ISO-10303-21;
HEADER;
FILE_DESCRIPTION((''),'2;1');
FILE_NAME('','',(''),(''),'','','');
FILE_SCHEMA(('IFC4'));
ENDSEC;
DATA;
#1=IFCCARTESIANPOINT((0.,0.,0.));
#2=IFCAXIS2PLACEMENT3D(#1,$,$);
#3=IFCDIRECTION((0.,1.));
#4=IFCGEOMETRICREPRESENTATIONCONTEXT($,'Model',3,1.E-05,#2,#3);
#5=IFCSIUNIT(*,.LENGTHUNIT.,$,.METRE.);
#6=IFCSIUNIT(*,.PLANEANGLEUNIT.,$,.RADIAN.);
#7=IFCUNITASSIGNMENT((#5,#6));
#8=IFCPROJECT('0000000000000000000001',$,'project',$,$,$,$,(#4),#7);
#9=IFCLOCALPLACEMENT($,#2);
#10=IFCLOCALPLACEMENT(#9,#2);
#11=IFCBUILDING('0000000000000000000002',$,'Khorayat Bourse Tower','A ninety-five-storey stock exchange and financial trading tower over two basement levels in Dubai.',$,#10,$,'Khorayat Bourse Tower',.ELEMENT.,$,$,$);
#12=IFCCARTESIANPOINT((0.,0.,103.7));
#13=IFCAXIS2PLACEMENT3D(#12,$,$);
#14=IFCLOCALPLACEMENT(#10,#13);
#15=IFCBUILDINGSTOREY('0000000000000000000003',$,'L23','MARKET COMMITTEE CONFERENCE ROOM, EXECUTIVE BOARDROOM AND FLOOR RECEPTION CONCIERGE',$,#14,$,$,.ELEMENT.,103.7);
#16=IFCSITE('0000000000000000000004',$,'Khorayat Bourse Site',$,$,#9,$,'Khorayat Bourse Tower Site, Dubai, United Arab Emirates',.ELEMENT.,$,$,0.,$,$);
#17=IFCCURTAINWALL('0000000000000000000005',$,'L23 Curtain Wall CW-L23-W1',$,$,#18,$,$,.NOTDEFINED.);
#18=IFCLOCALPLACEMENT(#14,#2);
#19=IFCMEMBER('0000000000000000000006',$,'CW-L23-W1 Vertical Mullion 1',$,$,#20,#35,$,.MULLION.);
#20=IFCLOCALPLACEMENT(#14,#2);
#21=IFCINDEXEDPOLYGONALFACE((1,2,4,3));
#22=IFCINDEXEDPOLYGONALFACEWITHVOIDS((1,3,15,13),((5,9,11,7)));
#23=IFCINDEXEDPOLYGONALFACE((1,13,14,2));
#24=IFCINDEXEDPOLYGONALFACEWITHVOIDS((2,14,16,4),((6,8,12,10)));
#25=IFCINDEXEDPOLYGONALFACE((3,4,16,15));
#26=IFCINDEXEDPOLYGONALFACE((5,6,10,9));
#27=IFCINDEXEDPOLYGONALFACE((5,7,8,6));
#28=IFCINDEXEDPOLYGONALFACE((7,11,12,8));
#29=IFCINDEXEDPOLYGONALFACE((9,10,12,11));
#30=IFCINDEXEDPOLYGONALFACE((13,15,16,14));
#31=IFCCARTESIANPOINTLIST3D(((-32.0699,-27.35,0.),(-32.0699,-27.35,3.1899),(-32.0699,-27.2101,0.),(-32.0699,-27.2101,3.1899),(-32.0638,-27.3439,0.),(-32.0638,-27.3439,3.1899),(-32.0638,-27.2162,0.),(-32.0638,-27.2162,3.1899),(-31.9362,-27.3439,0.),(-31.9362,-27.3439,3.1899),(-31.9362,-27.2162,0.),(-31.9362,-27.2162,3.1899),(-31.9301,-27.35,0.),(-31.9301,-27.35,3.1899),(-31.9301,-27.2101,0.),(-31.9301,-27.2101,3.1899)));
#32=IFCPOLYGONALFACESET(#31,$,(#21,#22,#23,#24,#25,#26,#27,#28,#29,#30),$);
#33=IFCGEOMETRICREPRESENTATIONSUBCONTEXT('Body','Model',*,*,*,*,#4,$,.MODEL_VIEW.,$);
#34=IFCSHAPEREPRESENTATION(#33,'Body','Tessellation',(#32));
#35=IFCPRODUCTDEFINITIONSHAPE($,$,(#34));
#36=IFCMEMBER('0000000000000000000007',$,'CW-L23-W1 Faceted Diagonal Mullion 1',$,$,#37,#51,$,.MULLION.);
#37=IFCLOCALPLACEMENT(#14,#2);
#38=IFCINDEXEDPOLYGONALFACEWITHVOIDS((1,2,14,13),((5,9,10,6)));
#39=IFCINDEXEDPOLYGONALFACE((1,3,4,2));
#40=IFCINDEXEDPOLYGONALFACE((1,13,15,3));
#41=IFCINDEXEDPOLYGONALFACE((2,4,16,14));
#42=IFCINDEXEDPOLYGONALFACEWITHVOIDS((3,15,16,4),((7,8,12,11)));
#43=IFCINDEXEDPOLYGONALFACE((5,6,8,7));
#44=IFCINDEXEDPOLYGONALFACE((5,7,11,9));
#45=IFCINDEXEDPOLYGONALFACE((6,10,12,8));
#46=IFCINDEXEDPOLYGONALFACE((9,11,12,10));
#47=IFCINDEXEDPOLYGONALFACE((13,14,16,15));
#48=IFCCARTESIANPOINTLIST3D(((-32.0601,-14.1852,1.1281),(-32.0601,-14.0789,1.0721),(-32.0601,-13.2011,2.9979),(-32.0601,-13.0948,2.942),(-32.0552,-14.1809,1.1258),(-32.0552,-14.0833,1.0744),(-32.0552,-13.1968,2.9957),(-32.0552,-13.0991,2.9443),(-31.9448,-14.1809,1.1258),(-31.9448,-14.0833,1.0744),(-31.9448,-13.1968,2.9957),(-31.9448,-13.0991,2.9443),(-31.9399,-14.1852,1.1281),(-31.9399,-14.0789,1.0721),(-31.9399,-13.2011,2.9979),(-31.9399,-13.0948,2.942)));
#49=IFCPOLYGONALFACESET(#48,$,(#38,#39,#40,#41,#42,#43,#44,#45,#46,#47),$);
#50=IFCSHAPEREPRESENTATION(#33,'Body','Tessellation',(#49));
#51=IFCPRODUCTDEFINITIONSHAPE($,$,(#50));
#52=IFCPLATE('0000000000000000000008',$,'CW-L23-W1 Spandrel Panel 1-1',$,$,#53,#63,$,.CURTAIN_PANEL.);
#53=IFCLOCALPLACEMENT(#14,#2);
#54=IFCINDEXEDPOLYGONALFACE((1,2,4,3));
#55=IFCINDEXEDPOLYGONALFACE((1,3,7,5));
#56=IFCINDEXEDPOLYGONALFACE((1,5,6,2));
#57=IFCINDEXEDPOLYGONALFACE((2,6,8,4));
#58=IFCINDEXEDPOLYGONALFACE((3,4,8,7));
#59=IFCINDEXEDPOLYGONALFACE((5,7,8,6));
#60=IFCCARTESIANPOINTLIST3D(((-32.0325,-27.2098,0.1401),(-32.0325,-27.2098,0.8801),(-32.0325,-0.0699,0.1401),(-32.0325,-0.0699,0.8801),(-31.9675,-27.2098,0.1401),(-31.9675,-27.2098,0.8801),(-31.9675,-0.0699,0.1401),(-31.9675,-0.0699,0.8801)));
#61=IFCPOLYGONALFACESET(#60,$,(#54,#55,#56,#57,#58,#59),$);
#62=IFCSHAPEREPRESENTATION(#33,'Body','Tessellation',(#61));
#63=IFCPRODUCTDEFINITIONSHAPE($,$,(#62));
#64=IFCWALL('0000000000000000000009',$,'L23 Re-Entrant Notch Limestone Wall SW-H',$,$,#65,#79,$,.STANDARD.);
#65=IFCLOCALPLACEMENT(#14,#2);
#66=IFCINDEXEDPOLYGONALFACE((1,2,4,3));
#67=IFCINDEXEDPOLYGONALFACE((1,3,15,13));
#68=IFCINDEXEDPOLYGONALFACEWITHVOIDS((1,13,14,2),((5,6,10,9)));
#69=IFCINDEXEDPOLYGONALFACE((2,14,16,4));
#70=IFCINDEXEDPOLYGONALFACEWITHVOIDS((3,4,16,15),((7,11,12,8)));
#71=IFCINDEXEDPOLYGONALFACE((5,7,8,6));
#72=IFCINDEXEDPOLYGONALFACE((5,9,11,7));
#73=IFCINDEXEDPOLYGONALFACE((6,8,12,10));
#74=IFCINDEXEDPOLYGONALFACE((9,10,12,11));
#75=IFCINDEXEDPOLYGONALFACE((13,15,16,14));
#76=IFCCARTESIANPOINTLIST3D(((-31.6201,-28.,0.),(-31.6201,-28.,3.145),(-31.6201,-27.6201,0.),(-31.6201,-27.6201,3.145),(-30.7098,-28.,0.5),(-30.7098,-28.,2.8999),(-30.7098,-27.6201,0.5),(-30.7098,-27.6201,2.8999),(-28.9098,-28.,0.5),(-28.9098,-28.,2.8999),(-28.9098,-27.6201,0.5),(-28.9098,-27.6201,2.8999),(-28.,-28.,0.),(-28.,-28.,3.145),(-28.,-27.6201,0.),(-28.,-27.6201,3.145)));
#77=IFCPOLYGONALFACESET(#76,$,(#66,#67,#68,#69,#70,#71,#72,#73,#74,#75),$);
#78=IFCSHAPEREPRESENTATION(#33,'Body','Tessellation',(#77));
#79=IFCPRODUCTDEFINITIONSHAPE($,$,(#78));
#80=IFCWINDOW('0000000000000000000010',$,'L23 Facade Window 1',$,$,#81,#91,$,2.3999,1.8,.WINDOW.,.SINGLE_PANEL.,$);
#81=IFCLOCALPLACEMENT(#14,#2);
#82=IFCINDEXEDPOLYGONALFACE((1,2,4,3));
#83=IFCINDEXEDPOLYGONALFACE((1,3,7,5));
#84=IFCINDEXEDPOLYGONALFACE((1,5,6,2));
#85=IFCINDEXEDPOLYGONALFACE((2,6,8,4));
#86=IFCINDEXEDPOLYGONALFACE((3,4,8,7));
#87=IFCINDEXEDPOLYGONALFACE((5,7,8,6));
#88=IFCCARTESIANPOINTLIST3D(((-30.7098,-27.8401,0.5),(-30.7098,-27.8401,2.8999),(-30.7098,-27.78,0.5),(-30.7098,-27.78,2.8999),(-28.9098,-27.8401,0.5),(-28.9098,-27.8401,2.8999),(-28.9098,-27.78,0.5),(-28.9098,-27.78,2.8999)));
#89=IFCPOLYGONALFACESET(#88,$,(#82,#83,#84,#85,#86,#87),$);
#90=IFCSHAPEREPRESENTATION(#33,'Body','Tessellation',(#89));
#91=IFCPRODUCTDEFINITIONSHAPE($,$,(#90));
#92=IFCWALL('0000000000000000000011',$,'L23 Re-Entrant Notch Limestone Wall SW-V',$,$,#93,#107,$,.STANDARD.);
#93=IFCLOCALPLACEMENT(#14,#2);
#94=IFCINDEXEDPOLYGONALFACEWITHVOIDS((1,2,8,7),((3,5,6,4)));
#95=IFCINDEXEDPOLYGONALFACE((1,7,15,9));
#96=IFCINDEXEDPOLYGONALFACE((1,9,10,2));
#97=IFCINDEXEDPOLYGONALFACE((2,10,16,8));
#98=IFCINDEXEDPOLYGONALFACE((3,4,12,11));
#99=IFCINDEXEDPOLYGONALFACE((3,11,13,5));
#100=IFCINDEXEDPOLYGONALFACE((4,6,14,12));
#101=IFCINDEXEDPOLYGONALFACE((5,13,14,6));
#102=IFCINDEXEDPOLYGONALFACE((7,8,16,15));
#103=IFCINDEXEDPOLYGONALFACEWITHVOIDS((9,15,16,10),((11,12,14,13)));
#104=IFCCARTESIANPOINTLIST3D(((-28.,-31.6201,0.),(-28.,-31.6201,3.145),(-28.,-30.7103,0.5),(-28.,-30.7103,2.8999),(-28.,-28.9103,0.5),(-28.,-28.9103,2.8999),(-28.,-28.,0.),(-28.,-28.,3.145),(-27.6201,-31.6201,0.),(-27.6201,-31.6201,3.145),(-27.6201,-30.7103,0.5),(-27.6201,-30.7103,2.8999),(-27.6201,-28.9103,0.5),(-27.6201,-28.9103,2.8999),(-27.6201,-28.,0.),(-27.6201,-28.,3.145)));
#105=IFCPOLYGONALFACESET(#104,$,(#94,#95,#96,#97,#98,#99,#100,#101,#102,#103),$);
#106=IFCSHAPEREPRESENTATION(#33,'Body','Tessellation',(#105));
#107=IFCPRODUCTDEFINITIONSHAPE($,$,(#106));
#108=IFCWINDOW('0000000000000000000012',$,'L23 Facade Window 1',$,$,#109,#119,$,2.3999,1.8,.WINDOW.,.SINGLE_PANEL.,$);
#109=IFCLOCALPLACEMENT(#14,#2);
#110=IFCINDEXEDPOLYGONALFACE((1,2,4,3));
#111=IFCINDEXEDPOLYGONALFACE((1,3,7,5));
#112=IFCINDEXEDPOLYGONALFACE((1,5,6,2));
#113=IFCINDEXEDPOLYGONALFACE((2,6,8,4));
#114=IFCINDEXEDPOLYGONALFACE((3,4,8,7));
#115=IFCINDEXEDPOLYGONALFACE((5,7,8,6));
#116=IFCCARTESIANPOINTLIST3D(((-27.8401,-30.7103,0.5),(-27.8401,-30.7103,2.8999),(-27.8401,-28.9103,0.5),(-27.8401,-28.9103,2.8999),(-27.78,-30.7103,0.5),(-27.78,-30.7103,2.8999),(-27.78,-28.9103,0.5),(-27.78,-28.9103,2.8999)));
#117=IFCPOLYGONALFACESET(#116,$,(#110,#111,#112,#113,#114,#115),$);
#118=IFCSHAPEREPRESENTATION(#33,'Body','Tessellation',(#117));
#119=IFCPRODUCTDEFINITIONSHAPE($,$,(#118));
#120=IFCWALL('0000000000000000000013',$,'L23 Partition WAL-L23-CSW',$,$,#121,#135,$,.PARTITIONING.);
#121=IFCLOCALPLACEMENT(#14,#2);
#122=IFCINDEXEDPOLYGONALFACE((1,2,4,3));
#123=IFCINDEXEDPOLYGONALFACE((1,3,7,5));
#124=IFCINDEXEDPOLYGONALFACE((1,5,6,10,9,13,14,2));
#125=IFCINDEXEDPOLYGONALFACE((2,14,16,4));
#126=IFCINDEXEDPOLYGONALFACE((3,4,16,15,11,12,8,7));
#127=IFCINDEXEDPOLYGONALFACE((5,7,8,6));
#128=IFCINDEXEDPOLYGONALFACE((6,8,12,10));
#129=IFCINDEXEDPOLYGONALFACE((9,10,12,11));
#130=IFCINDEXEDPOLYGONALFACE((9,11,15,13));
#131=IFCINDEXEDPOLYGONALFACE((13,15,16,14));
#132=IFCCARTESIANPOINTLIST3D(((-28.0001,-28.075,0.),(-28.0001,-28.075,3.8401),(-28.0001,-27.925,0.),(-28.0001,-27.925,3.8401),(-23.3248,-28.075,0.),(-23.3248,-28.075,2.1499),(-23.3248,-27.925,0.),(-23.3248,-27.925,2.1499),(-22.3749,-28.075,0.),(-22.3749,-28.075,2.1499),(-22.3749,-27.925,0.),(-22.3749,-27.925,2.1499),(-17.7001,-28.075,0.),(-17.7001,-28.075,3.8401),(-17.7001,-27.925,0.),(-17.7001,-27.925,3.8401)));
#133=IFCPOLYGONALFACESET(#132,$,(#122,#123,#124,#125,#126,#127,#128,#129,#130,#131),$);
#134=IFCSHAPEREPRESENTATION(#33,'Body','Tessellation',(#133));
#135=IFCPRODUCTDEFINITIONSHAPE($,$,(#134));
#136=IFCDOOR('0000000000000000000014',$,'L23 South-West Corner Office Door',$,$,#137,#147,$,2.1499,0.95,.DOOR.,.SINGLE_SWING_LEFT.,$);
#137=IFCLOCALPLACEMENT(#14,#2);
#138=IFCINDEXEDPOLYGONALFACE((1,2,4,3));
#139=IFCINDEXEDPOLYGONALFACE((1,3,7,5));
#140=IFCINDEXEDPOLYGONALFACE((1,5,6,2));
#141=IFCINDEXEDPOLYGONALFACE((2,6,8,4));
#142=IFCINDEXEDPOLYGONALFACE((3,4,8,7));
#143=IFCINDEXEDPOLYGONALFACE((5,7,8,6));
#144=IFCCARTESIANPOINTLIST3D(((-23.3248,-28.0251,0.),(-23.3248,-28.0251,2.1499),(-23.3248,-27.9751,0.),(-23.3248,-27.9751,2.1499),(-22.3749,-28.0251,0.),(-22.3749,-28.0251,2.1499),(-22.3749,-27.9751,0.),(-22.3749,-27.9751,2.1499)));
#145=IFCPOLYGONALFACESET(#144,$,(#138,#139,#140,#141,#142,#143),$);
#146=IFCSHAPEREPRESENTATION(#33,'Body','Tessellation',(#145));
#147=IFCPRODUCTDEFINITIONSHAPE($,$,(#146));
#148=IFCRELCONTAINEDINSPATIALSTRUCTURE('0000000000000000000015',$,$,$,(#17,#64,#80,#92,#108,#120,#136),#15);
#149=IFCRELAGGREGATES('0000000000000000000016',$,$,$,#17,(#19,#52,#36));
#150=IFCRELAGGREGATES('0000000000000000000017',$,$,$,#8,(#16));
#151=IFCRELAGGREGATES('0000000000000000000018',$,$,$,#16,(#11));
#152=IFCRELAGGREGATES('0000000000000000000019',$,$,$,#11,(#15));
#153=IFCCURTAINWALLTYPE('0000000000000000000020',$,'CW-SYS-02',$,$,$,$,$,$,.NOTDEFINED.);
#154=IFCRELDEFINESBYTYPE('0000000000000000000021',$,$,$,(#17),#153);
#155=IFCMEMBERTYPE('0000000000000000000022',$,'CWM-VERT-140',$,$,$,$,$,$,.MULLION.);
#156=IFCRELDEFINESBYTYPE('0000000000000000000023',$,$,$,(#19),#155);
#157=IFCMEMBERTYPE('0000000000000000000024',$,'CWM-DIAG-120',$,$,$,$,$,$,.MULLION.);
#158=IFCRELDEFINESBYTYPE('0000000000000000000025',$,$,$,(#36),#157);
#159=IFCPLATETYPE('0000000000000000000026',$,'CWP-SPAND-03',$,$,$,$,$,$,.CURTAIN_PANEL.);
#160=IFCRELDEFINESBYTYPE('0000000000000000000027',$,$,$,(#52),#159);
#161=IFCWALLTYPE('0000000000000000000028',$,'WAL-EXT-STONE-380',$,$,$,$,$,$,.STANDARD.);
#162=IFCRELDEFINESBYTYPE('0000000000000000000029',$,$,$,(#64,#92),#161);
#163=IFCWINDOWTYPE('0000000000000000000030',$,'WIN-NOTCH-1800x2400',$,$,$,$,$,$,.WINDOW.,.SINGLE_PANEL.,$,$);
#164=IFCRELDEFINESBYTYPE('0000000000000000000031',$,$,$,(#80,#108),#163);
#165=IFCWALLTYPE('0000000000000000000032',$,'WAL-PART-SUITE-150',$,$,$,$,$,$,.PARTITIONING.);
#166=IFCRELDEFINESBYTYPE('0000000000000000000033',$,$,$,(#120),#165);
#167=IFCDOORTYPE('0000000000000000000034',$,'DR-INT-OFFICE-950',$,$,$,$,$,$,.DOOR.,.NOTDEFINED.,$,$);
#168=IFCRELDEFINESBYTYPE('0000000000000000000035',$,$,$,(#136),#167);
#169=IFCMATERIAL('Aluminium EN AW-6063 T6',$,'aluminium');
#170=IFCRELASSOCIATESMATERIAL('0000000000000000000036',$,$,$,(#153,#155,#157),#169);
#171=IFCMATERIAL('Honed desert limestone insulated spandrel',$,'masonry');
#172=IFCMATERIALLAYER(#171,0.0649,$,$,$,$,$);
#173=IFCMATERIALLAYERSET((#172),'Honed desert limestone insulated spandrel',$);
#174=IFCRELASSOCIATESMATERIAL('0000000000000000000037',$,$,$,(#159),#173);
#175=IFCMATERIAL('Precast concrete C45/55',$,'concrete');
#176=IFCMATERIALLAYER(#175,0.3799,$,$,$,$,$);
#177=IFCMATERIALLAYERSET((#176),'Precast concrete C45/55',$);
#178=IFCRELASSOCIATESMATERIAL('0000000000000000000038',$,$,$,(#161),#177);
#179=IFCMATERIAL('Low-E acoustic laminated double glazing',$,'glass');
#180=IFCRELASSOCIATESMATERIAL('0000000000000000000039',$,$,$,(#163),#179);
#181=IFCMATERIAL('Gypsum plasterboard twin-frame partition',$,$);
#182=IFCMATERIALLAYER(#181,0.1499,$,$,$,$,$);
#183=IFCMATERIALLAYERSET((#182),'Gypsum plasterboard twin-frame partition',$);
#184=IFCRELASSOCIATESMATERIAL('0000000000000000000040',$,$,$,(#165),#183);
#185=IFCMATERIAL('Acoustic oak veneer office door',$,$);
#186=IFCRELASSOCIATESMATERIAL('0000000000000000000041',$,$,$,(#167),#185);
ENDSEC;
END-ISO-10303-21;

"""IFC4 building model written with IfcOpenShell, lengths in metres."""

from ifc_helpers import new_model, si_unit, direction, frame, frame_2d, origin, origin_2d, place, context, subcontext, project, spatial, rectangle, hollow_rectangle, extrude, source, transform, mapped, material, layer, layer_set, material_profile, profile_set, type_object, element, fill, aggregate, save


model = new_model("IFC4")

# Units and contexts
model_context = context("Model", 3, precision=1e-05, world=origin(), true_north=direction((0.0, 1.0)))
body_context = subcontext(model_context, "Body", "Model", "MODEL_VIEW")
ifc_project = project(units=[si_unit("LENGTHUNIT", "METRE"), si_unit("PLANEANGLEUNIT", "RADIAN")], contexts=[model_context])

# Site, building, storey
site_placement = place(None, origin())
site = spatial("IfcSite", under=ifc_project, at=site_placement, Name="Khorayat Bourse Site", LongName="Khorayat Bourse Tower Site, Dubai, United Arab Emirates", CompositionType="ELEMENT", RefElevation=0.0)
building_placement = place(site_placement, origin())
building = spatial("IfcBuilding", under=site, at=building_placement, Name="Khorayat Bourse Tower", Description="A ninety-five-storey stock exchange and financial trading tower over two basement levels in Dubai.", LongName="Khorayat Bourse Tower", CompositionType="ELEMENT")
storey_placement = place(building_placement, frame((0.0, 0.0, 103.7)))
storey = spatial("IfcBuildingStorey", under=building, at=storey_placement, Name="L23", Description="MARKET COMMITTEE CONFERENCE ROOM, EXECUTIVE BOARDROOM AND FLOOR RECEPTION CONCIERGE", CompositionType="ELEMENT", Elevation=103.7)

# Shared definitions
ifc_material_1 = material(Name="Aluminium EN AW-6063 T6", Category="aluminium")
curtain_wall_type = type_object("IfcCurtainWallType", Name="CW-SYS-02", PredefinedType="NOTDEFINED", material=ifc_material_1)

# Curtain wall
curtain_wall_1_placement = place(storey_placement, origin())
curtain_wall_1 = element("IfcCurtainWall", 1, at=curtain_wall_1_placement, inside=storey, type_object=curtain_wall_type, Name="L23 Curtain Wall CW-L23-W1", PredefinedType="NOTDEFINED")

# Members
ifc_material_profile_1 = material_profile(ifc_material_1, hollow_rectangle(XDim=0.1399, YDim=0.1399, WallThickness=0.0061, at=origin_2d()), Name="ALU 140x140x6")
ifc_profile_set_1 = profile_set([ifc_material_profile_1], Name="Aluminium EN AW-6063 T6")
member_type_1 = type_object("IfcMemberType", Name="CWM-VERT-140", PredefinedType="MULLION", material=ifc_profile_set_1)
shared_shape_1 = source(origin(), body_context, "Body", "SweptSolid", [
    extrude(hollow_rectangle(XDim=0.1399, YDim=0.1399, WallThickness=0.0061, at=origin_2d()), origin(), (0.0, 0.0, 1.0), 3.1899),
])
member_1_placement = place(storey_placement, frame((-32.0, -27.28, 0.0), z_axis=(0.0, 0.0, 1.0), x_axis=(-1.0, 0.0, 0.0)))
member_1 = element("IfcMember", 2, at=member_1_placement, type_object=member_type_1, Name="CW-L23-W1 Vertical Mullion 1", PredefinedType="MULLION", context=body_context, shape_type="MappedRepresentation", body=[
    mapped(shared_shape_1, transform((0.0, 0.0, 0.0), scale=1.0)),
])
ifc_material_profile_2 = material_profile(ifc_material_1, hollow_rectangle(XDim=0.1201, YDim=0.1201, WallThickness=0.0049, at=origin_2d()), Name="ALU 120x120x5")
ifc_profile_set_2 = profile_set([ifc_material_profile_2], Name="Aluminium EN AW-6063 T6")
member_type_2 = type_object("IfcMemberType", Name="CWM-DIAG-120", PredefinedType="MULLION", material=ifc_profile_set_2)
shared_shape_2 = source(origin(), body_context, "Body", "SweptSolid", [
    extrude(hollow_rectangle(XDim=0.1201, YDim=0.1201, WallThickness=0.0049, at=origin_2d()), origin(), (0.0, 0.0, 1.0), 2.113),
])
member_2_placement = place(storey_placement, frame((-32.0, -14.1321, 1.1001), z_axis=(0.0, 0.465742, 0.884921), x_axis=(-1.0, 0.0, 0.0)))
member_2 = element("IfcMember", 3, at=member_2_placement, type_object=member_type_2, Name="CW-L23-W1 Faceted Diagonal Mullion 1", PredefinedType="MULLION", context=body_context, shape_type="MappedRepresentation", body=[
    mapped(shared_shape_2, transform((0.0, 0.0, 0.0), scale=1.0)),
])

# Plate
ifc_material_2 = material(Name="Honed desert limestone insulated spandrel", Category="masonry")
ifc_layer_1 = layer(ifc_material_2, 0.0649)
ifc_layer_set_1 = layer_set([ifc_layer_1], Name="Honed desert limestone insulated spandrel")
plate_type = type_object("IfcPlateType", Name="CWP-SPAND-03", PredefinedType="CURTAIN_PANEL", material=ifc_layer_set_1)
shared_shape_3 = source(origin(), body_context, "Body", "SweptSolid", [
    extrude(rectangle(XDim=27.1399, YDim=0.0649, at=origin_2d()), origin(), (0.0, 0.0, 1.0), 0.74),
])
plate_placement = place(storey_placement, frame((-32.0, -13.6399, 0.1401), z_axis=(0.0, 0.0, 1.0), x_axis=(0.0, 1.0, 0.0)))
plate = element("IfcPlate", 4, at=plate_placement, type_object=plate_type, Name="CW-L23-W1 Spandrel Panel 1-1", PredefinedType="CURTAIN_PANEL", context=body_context, shape_type="MappedRepresentation", body=[
    mapped(shared_shape_3, transform((0.0, 0.0, 0.0), scale=1.0)),
])
aggregate(curtain_wall_1, [member_1, plate, member_2])

# Walls, openings, windows
ifc_material_3 = material(Name="Precast concrete C45/55", Category="concrete")
ifc_layer_2 = layer(ifc_material_3, 0.3799)
ifc_layer_set_2 = layer_set([ifc_layer_2], Name="Precast concrete C45/55")
wall_type_1 = type_object("IfcWallType", Name="WAL-EXT-STONE-380", PredefinedType="STANDARD", material=ifc_layer_set_2)
shared_shape_4 = source(origin(), body_context, "Body", "SweptSolid", [
    extrude(rectangle(XDim=3.6201, YDim=0.3799, at=frame_2d((1.8101, 0.0))), origin(), (0.0, 0.0, 1.0), 3.145),
])
wall_1_placement = place(storey_placement, frame((-28.0, -27.8101, 0.0), z_axis=(0.0, 0.0, 1.0), x_axis=(-1.0, 0.0, 0.0)))
wall_1 = element("IfcWall", 5, at=wall_1_placement, inside=storey, type_object=wall_type_1, Name="L23 Re-Entrant Notch Limestone Wall SW-H", PredefinedType="STANDARD", context=body_context, shape_type="MappedRepresentation", body=[
    mapped(shared_shape_4, transform((0.0, 0.0, 0.0), scale=1.0)),
])
shared_shape_5 = source(origin(), body_context, "Body", "SweptSolid", [
    extrude(rectangle(XDim=1.8, YDim=2.3999, at=frame_2d((0.8999, 1.2))), frame((0.0, 0.2, 0.0), z_axis=(0.0, -1.0, 0.0), x_axis=(1.0, 0.0, 0.0)), (0.0, 0.0, 1.0), 0.3999),
])
opening_1_placement = place(wall_1_placement, frame((0.9099, 0.0, 0.5)))
opening_1 = element("IfcOpeningElement", 6, at=opening_1_placement, cuts=wall_1, PredefinedType="OPENING", context=body_context, shape_type="MappedRepresentation", body=[
    mapped(shared_shape_5, transform((0.0, 0.0, 0.0), scale=1.0)),
])
ifc_material_4 = material(Name="Low-E acoustic laminated double glazing", Category="glass")
window_type = type_object("IfcWindowType", Name="WIN-NOTCH-1800x2400", PartitioningType="SINGLE_PANEL", PredefinedType="WINDOW", material=ifc_material_4)
shared_shape_6 = source(origin(), body_context, "Body", "SweptSolid", [
    extrude(rectangle(XDim=1.8, YDim=2.3999, at=frame_2d((0.8999, 1.2))), frame((0.0, 0.03, 0.0), z_axis=(0.0, -1.0, 0.0), x_axis=(1.0, 0.0, 0.0)), (0.0, 0.0, 1.0), 0.0601),
])
window_1_placement = place(opening_1_placement, origin())
window_1 = element("IfcWindow", 7, at=window_1_placement, inside=storey, type_object=window_type, Name="L23 Facade Window 1", OverallHeight=2.3999, OverallWidth=1.8, PartitioningType="SINGLE_PANEL", PredefinedType="WINDOW", context=body_context, shape_type="MappedRepresentation", body=[
    mapped(shared_shape_6, transform((0.0, 0.0, 0.0), scale=1.0)),
])
fill(opening_1, window_1)
wall_2_placement = place(storey_placement, frame((-27.8101, -31.6201, 0.0), z_axis=(0.0, 0.0, 1.0), x_axis=(0.0, 1.0, 0.0)))
wall_2 = element("IfcWall", 8, at=wall_2_placement, inside=storey, type_object=wall_type_1, Name="L23 Re-Entrant Notch Limestone Wall SW-V", PredefinedType="STANDARD", context=body_context, shape_type="MappedRepresentation", body=[
    mapped(shared_shape_4, transform((0.0, 0.0, 0.0), scale=1.0)),
])
opening_2_placement = place(wall_2_placement, frame((0.9099, 0.0, 0.5)))
opening_2 = element("IfcOpeningElement", 9, at=opening_2_placement, cuts=wall_2, PredefinedType="OPENING", context=body_context, shape_type="MappedRepresentation", body=[
    mapped(shared_shape_5, transform((0.0, 0.0, 0.0), scale=1.0)),
])
window_2_placement = place(opening_2_placement, origin())
window_2 = element("IfcWindow", 10, at=window_2_placement, inside=storey, type_object=window_type, Name="L23 Facade Window 1", OverallHeight=2.3999, OverallWidth=1.8, PartitioningType="SINGLE_PANEL", PredefinedType="WINDOW", context=body_context, shape_type="MappedRepresentation", body=[
    mapped(shared_shape_6, transform((0.0, 0.0, 0.0), scale=1.0)),
])
fill(opening_2, window_2)

# Wall, opening, door
ifc_material_5 = material(Name="Gypsum plasterboard twin-frame partition")
ifc_layer_3 = layer(ifc_material_5, 0.1499)
ifc_layer_set_3 = layer_set([ifc_layer_3], Name="Gypsum plasterboard twin-frame partition")
wall_type_2 = type_object("IfcWallType", Name="WAL-PART-SUITE-150", PredefinedType="PARTITIONING", material=ifc_layer_set_3)
shared_shape_7 = source(origin(), body_context, "Body", "SweptSolid", [
    extrude(rectangle(XDim=10.3, YDim=0.1499, at=frame_2d((5.1499, 0.0))), origin(), (0.0, 0.0, 1.0), 3.8401),
])
wall_3_placement = place(storey_placement, frame((-28.0, -28.0, 0.0), z_axis=(0.0, 0.0, 1.0), x_axis=(1.0, 0.0, 0.0)))
wall_3 = element("IfcWall", 11, at=wall_3_placement, inside=storey, type_object=wall_type_2, Name="L23 Partition WAL-L23-CSW", PredefinedType="PARTITIONING", context=body_context, shape_type="MappedRepresentation", body=[
    mapped(shared_shape_7, transform((0.0, 0.0, 0.0), scale=1.0)),
])
shared_shape_8 = source(origin(), body_context, "Body", "SweptSolid", [
    extrude(rectangle(XDim=0.95, YDim=2.1499, at=frame_2d((0.4751, 1.075))), frame((0.0, 0.085, 0.0), z_axis=(0.0, -1.0, 0.0), x_axis=(1.0, 0.0, 0.0)), (0.0, 0.0, 1.0), 0.1699),
])
opening_3_placement = place(wall_3_placement, frame((4.675, 0.0, 0.0)))
opening_3 = element("IfcOpeningElement", 12, at=opening_3_placement, cuts=wall_3, PredefinedType="OPENING", context=body_context, shape_type="MappedRepresentation", body=[
    mapped(shared_shape_8, transform((0.0, 0.0, 0.0), scale=1.0)),
])
ifc_material_6 = material(Name="Acoustic oak veneer office door")
door_type = type_object("IfcDoorType", Name="DR-INT-OFFICE-950", OperationType="NOTDEFINED", PredefinedType="DOOR", material=ifc_material_6)
shared_shape_9 = source(origin(), body_context, "Body", "SweptSolid", [
    extrude(rectangle(XDim=0.95, YDim=2.1499, at=frame_2d((0.4751, 1.075))), frame((0.0, 0.0249, 0.0), z_axis=(0.0, -1.0, 0.0), x_axis=(1.0, 0.0, 0.0)), (0.0, 0.0, 1.0), 0.05),
])
door_placement = place(opening_3_placement, origin())
door = element("IfcDoor", 13, at=door_placement, inside=storey, type_object=door_type, Name="L23 South-West Corner Office Door", OperationType="SINGLE_SWING_LEFT", OverallHeight=2.1499, OverallWidth=0.95, PredefinedType="DOOR", context=body_context, shape_type="MappedRepresentation", body=[
    mapped(shared_shape_9, transform((0.0, 0.0, 0.0), scale=1.0)),
])
fill(opening_3, door)

save(model, "model.ifc")
